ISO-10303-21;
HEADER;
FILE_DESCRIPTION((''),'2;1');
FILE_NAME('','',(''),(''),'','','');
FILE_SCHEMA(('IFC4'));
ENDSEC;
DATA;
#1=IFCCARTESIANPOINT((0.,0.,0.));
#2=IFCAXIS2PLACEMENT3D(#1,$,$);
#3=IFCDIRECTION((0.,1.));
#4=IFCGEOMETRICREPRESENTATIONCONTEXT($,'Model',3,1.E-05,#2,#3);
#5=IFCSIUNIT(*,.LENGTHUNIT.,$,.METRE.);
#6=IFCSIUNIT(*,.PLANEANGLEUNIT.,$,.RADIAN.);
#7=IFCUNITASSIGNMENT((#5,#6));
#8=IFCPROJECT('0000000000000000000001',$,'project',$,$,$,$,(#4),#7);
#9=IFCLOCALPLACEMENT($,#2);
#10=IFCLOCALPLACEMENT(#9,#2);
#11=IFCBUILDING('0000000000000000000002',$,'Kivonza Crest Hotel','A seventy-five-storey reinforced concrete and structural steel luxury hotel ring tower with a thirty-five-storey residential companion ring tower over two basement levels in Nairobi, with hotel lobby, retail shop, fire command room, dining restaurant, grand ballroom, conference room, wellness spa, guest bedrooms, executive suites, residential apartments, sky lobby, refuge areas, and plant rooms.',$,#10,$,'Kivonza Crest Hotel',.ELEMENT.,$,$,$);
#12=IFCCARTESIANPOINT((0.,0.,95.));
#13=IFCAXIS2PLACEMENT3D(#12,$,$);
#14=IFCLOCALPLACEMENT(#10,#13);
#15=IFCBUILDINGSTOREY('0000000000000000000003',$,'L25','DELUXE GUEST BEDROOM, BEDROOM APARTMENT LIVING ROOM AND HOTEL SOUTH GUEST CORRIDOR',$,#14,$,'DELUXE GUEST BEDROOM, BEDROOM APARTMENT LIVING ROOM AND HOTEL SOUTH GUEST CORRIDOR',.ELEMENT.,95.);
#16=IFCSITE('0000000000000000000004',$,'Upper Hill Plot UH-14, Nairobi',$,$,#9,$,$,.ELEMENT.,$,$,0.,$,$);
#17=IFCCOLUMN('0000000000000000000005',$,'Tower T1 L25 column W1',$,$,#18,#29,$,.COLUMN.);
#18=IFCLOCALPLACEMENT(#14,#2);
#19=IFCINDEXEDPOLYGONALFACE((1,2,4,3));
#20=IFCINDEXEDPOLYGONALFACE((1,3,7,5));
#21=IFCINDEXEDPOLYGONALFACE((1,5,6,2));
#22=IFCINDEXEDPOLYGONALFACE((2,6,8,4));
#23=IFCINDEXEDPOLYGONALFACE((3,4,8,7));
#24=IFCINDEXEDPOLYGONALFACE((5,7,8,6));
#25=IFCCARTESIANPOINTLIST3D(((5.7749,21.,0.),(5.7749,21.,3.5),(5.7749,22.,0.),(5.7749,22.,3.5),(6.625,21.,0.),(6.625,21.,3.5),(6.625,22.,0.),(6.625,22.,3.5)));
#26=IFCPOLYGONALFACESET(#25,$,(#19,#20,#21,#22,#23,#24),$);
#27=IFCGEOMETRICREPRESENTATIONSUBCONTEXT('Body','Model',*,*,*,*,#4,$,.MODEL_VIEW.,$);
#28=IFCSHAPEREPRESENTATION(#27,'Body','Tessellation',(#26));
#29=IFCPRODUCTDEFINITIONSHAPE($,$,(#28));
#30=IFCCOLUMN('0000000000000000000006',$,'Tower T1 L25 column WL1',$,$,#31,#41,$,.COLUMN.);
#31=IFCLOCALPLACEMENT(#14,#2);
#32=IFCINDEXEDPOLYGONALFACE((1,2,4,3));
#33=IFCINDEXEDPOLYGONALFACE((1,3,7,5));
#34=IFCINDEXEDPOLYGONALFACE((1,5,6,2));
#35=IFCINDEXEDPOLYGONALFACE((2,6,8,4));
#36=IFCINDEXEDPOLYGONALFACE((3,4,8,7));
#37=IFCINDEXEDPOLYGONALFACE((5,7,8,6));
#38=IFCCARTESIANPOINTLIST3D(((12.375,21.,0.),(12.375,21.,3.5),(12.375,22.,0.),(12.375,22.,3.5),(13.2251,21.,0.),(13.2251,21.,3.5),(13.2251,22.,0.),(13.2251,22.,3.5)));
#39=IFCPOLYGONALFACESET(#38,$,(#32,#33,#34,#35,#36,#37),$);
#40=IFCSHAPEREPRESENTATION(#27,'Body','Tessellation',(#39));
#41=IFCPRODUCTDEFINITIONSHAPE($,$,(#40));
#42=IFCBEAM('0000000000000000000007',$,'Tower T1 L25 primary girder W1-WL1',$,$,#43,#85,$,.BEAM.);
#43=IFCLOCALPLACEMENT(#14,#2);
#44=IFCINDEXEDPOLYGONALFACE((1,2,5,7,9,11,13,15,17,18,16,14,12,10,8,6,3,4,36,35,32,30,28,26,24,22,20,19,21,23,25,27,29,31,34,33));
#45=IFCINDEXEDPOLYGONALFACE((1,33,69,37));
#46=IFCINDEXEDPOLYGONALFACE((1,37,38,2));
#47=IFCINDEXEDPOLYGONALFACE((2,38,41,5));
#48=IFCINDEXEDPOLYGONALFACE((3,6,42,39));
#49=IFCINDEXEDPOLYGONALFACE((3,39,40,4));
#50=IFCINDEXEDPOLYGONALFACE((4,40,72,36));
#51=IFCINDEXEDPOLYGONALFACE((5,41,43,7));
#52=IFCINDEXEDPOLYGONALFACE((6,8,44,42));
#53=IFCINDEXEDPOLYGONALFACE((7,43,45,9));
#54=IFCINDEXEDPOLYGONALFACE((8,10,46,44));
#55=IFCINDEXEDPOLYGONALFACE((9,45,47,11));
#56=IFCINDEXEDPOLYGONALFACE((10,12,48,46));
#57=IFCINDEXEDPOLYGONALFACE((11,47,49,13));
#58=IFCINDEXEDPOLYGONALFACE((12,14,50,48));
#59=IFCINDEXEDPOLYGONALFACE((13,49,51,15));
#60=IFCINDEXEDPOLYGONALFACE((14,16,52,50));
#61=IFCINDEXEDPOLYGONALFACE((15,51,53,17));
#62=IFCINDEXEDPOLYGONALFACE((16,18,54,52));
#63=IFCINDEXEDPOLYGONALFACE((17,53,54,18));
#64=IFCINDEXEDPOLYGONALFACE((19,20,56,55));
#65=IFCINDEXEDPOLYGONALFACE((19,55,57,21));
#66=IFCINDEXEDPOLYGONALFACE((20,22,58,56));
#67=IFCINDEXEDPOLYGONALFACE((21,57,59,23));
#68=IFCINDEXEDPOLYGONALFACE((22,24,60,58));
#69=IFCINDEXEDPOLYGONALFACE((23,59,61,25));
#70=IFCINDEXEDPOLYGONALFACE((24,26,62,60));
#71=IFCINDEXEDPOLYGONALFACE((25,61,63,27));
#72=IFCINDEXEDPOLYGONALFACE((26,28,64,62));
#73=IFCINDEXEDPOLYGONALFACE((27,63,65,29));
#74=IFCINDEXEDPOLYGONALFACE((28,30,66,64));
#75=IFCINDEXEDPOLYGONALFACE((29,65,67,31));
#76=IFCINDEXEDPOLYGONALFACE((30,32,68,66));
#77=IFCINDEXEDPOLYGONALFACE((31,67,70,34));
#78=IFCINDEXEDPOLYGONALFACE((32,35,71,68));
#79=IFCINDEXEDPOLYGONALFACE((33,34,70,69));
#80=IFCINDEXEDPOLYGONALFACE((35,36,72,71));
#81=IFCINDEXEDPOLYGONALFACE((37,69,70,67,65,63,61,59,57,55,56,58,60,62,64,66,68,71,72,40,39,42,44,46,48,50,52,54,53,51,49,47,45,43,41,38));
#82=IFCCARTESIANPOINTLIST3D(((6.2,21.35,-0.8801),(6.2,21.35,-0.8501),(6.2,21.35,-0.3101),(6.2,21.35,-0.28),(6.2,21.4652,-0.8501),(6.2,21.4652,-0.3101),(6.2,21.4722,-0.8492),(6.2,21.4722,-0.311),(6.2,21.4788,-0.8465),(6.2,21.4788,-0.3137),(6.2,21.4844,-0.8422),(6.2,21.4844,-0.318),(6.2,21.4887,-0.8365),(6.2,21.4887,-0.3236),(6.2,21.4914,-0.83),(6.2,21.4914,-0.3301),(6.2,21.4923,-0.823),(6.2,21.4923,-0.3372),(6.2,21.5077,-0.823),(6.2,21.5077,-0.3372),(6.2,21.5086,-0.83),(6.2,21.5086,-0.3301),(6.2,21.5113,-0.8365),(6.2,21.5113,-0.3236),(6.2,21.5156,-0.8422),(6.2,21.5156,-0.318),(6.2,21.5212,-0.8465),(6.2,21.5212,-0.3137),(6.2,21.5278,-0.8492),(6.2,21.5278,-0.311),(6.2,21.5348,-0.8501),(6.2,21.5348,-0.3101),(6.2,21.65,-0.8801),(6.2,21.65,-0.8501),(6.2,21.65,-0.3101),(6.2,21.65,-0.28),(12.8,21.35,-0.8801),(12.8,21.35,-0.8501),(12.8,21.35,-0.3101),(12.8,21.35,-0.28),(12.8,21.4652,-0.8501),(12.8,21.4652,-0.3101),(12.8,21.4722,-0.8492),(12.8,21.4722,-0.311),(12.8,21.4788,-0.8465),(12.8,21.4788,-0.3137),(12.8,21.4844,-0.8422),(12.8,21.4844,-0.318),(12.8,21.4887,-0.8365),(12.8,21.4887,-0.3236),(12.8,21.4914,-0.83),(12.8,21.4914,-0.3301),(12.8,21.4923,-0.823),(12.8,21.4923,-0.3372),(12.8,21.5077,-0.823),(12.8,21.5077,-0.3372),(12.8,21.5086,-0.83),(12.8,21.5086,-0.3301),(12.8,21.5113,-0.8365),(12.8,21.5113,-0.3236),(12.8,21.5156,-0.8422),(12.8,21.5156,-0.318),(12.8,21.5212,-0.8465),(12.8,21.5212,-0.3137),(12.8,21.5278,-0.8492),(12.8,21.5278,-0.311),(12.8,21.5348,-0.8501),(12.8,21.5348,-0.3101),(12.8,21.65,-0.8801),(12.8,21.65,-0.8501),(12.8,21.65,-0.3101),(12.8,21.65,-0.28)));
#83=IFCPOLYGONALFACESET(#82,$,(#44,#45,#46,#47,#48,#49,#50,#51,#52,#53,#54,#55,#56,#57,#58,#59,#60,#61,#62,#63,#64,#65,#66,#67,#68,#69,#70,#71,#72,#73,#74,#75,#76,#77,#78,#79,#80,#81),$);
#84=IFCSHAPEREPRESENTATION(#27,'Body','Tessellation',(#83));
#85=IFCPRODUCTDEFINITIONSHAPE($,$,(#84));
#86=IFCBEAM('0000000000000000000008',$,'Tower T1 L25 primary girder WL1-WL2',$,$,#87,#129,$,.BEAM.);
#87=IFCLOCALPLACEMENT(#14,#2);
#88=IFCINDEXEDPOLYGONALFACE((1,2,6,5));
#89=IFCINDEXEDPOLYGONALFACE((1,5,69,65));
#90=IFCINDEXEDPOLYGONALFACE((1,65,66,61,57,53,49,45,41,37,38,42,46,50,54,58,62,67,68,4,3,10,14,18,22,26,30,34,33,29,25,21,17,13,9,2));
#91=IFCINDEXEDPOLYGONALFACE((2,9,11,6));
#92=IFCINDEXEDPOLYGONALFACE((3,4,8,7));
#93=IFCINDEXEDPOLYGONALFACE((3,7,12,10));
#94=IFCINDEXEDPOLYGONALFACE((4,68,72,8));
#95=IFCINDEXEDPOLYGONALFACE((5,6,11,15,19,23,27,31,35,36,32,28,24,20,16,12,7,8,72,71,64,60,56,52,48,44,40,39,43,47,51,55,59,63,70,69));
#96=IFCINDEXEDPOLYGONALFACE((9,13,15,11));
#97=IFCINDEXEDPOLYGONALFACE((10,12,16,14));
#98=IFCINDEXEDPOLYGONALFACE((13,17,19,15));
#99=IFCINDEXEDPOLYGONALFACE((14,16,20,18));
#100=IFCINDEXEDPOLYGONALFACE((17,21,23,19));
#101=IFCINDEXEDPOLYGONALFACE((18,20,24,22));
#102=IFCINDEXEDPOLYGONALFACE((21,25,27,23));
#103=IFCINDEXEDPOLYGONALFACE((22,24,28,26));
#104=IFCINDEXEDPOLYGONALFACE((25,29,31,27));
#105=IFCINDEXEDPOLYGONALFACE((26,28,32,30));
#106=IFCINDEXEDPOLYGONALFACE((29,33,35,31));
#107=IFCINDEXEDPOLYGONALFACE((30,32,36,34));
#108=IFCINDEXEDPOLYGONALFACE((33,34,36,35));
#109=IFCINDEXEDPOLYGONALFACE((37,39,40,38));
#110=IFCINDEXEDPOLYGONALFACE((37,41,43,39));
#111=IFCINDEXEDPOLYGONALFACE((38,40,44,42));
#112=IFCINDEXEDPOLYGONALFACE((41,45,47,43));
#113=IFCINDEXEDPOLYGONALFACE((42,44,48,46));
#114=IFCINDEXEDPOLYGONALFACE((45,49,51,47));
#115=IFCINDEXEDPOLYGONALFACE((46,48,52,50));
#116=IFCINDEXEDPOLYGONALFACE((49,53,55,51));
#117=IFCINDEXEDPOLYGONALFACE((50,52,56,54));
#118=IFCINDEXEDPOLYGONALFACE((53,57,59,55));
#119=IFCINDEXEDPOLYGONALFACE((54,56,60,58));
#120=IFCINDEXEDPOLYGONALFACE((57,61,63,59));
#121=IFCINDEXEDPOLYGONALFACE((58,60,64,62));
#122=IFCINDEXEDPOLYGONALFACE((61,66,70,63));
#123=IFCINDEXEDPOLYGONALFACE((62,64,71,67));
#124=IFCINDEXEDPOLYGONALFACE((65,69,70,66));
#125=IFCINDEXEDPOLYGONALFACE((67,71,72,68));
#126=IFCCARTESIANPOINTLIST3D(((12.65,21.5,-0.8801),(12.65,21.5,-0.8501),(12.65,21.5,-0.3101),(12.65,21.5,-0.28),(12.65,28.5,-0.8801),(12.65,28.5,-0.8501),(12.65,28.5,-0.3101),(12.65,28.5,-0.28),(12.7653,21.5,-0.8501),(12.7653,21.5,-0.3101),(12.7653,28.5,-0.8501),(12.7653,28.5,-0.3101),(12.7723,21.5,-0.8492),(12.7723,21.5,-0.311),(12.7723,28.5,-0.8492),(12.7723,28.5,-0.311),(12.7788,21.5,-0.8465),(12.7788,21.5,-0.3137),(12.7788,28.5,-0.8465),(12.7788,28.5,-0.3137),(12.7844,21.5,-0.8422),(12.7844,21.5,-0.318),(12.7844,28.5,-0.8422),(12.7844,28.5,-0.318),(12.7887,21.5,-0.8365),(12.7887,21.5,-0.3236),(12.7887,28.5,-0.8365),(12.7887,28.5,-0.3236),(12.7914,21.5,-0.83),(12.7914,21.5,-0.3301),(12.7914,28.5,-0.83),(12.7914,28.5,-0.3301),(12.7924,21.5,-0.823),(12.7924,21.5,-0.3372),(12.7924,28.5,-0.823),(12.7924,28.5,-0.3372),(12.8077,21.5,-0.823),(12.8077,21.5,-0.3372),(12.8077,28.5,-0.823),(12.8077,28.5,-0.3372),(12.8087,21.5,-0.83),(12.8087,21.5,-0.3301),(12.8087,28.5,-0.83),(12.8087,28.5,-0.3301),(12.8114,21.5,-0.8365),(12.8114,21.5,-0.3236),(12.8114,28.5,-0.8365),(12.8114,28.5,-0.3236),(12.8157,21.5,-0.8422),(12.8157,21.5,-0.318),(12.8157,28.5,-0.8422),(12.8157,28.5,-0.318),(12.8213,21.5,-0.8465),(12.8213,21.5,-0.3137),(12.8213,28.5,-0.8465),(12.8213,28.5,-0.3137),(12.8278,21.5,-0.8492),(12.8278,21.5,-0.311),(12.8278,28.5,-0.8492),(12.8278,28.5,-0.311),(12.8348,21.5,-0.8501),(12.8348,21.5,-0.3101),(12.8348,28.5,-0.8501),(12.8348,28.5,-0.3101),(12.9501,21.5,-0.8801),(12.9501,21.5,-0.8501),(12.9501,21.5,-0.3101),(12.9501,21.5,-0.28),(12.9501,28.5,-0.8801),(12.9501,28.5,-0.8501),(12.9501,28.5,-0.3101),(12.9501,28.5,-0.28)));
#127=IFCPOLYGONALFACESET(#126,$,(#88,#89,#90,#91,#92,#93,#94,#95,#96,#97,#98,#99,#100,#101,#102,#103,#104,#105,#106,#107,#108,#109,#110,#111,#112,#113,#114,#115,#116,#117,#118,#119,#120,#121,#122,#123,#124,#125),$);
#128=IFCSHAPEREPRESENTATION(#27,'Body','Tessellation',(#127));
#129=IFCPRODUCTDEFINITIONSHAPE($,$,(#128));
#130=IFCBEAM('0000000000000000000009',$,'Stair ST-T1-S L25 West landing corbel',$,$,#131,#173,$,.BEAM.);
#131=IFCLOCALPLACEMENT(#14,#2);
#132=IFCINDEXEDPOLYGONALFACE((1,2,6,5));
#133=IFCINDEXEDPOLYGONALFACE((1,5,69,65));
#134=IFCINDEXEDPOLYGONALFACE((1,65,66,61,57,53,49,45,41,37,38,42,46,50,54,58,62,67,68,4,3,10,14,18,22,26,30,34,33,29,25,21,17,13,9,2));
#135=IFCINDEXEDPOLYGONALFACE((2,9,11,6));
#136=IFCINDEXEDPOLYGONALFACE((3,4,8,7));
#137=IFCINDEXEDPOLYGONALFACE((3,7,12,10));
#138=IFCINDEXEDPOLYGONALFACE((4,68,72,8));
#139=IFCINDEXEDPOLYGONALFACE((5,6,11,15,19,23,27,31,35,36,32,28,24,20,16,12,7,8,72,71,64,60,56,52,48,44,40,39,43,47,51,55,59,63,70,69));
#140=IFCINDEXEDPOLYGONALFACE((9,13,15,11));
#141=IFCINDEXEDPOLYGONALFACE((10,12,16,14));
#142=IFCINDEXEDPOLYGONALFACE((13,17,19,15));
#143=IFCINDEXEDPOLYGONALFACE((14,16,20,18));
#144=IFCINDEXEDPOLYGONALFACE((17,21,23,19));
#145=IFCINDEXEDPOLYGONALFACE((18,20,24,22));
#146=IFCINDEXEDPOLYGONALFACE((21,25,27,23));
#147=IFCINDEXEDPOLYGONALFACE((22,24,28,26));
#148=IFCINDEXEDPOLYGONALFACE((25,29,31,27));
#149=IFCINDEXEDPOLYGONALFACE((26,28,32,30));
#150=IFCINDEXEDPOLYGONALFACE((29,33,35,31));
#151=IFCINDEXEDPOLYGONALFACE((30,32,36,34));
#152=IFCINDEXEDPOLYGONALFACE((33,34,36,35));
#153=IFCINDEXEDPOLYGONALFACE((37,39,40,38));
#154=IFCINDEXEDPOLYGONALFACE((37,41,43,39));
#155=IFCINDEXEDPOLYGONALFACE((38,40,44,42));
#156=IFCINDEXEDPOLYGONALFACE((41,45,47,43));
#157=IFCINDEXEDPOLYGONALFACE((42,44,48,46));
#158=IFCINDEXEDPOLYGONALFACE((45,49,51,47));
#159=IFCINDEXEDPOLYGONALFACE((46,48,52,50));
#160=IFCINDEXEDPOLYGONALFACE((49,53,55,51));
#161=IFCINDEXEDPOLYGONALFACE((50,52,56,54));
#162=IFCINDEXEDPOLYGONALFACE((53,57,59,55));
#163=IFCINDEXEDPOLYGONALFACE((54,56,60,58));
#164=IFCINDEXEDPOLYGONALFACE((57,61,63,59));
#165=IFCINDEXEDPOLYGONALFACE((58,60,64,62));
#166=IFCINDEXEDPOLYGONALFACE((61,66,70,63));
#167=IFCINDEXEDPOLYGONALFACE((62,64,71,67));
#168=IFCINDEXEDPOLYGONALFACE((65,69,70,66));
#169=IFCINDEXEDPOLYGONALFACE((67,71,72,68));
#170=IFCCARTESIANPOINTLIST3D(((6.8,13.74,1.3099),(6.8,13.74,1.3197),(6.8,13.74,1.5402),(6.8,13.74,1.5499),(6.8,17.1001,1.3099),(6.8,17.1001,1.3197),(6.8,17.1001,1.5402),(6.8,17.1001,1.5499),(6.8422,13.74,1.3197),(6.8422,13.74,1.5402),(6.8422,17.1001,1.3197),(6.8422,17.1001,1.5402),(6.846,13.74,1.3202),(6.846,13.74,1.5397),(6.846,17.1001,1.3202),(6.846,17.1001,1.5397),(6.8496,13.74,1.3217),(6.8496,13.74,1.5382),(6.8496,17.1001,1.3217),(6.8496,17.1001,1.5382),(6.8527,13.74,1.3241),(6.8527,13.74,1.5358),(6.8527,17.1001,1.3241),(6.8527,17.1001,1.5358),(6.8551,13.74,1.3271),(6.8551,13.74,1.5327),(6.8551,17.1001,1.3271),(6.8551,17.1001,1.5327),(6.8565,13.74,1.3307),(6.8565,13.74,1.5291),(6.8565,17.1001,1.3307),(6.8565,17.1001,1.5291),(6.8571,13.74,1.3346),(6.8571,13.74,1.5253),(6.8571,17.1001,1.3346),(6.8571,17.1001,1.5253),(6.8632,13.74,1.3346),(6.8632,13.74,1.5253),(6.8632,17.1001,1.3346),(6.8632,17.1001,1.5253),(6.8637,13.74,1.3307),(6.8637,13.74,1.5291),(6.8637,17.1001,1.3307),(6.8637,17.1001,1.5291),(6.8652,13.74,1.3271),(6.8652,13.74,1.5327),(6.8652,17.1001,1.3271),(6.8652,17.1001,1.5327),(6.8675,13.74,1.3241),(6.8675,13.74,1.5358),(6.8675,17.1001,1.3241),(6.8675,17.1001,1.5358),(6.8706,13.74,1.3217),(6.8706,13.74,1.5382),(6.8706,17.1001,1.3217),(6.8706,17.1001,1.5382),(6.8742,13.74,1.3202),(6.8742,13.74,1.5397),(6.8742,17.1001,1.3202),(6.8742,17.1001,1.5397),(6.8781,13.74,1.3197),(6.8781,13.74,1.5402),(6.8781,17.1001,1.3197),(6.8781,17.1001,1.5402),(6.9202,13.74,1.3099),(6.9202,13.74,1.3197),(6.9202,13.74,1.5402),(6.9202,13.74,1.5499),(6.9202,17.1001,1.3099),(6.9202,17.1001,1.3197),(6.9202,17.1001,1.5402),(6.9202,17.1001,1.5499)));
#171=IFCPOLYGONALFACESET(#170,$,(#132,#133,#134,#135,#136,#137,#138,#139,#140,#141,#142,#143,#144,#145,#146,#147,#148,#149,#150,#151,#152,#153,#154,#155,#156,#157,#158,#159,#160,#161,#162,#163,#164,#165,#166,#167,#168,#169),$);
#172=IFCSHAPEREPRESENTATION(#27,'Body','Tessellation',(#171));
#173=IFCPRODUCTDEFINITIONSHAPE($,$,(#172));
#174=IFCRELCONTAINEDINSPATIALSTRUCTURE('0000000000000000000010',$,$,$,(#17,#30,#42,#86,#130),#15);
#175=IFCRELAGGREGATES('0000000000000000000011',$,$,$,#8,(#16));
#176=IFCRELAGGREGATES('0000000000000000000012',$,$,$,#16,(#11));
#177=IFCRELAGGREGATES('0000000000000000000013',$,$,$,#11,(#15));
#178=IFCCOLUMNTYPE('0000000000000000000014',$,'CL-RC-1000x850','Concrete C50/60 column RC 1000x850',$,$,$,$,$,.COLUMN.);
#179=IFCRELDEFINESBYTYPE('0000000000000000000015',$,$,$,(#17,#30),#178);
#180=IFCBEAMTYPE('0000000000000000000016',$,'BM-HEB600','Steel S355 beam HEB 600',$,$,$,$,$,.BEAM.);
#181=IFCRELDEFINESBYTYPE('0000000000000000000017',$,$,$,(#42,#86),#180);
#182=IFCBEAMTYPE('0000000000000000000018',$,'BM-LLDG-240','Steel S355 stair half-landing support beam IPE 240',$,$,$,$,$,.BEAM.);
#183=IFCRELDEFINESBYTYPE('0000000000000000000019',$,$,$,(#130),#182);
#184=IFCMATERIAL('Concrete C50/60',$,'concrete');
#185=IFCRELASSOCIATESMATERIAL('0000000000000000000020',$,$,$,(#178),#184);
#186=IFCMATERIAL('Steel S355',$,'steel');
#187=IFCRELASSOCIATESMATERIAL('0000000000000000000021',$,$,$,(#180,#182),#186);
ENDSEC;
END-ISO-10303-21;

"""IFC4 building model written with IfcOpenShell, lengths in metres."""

from ifc_helpers import new_model, si_unit, direction, frame, origin, origin_2d, place, context, subcontext, project, spatial, rectangle, i_section, extrude, material, material_profile, profile_set, type_object, element, save


model = new_model("IFC4")

# Units and contexts
model_context = context("Model", 3, precision=1e-05, world=origin(), true_north=direction((0.0, 1.0)))
body_context = subcontext(model_context, "Body", "Model", "MODEL_VIEW")
ifc_project = project(units=[si_unit("LENGTHUNIT", "METRE"), si_unit("PLANEANGLEUNIT", "RADIAN")], contexts=[model_context])

# Site, building, storey
site_placement = place(None, origin())
site = spatial("IfcSite", under=ifc_project, at=site_placement, Name="Upper Hill Plot UH-14, Nairobi", CompositionType="ELEMENT", RefElevation=0.0)
building_placement = place(site_placement, origin())
building = spatial("IfcBuilding", under=site, at=building_placement, Name="Kivonza Crest Hotel", Description="A seventy-five-storey reinforced concrete and structural steel luxury hotel ring tower with a thirty-five-storey residential companion ring tower over two basement levels in Nairobi, with hotel lobby, retail shop, fire command room, dining restaurant, grand ballroom, conference room, wellness spa, guest bedrooms, executive suites, residential apartments, sky lobby, refuge areas, and plant rooms.", LongName="Kivonza Crest Hotel", CompositionType="ELEMENT")
storey_placement = place(building_placement, frame((0.0, 0.0, 95.0)))
storey = spatial("IfcBuildingStorey", under=building, at=storey_placement, Name="L25", Description="DELUXE GUEST BEDROOM, BEDROOM APARTMENT LIVING ROOM AND HOTEL SOUTH GUEST CORRIDOR", LongName="DELUXE GUEST BEDROOM, BEDROOM APARTMENT LIVING ROOM AND HOTEL SOUTH GUEST CORRIDOR", CompositionType="ELEMENT", Elevation=95.0)

# Columns
ifc_material_1 = material(Name="Concrete C50/60", Category="concrete")
ifc_material_profile_1 = material_profile(ifc_material_1, rectangle(XDim=0.8501, YDim=1.0, at=origin_2d()), Name="RC 1000x850")
ifc_profile_set_1 = profile_set([ifc_material_profile_1], Name="Concrete C50/60")
column_type = type_object("IfcColumnType", Name="CL-RC-1000x850", Description="Concrete C50/60 column RC 1000x850", PredefinedType="COLUMN", material=ifc_profile_set_1)
for number, where, z_axis, x_axis, name in (
    (1, (6.2, 21.5, 0.0), (0.0, 0.0, 1.0), (1.0, 0.0, 0.0), "Tower T1 L25 column W1"),
    (2, (12.8, 21.5, 0.0), (0.0, 0.0, 1.0), (1.0, 0.0, 0.0), "Tower T1 L25 column WL1"),
):
    element("IfcColumn", number, at=place(storey_placement, frame(where, z_axis=z_axis, x_axis=x_axis)), inside=storey, type_object=column_type, Name=name, PredefinedType="COLUMN", context=body_context, shape_type="SweptSolid", body=[
        extrude(rectangle(XDim=0.8501, YDim=1.0, at=origin_2d()), origin(), (0.0, 0.0, 1.0), 3.5),
    ])

# Beams
ifc_material_2 = material(Name="Steel S355", Category="steel")
ifc_material_profile_2 = material_profile(ifc_material_2, i_section(OverallWidth=0.3, OverallDepth=0.6001, WebThickness=0.0154, FlangeThickness=0.03, FilletRadius=0.0271, at=origin_2d()), Name="HEB 600")
ifc_profile_set_2 = profile_set([ifc_material_profile_2], Name="Steel S355")
beam_type_1 = type_object("IfcBeamType", Name="BM-HEB600", Description="Steel S355 beam HEB 600", PredefinedType="BEAM", material=ifc_profile_set_2)
beam_1_placement = place(storey_placement, frame((6.2, 21.5, -0.5801), z_axis=(1.0, 0.0, 0.0), x_axis=(0.0, 1.0, 0.0)))
element("IfcBeam", 3, at=beam_1_placement, inside=storey, type_object=beam_type_1, Name="Tower T1 L25 primary girder W1-WL1", PredefinedType="BEAM", context=body_context, shape_type="SweptSolid", body=[
    extrude(i_section(OverallWidth=0.3, OverallDepth=0.6001, WebThickness=0.0154, FlangeThickness=0.03, FilletRadius=0.0271, at=origin_2d()), origin(), (0.0, 0.0, 1.0), 6.6001),
])
beam_2_placement = place(storey_placement, frame((12.8, 21.5, -0.5801), z_axis=(0.0, 1.0, 0.0), x_axis=(-1.0, 0.0, 0.0)))
element("IfcBeam", 4, at=beam_2_placement, inside=storey, type_object=beam_type_1, Name="Tower T1 L25 primary girder WL1-WL2", PredefinedType="BEAM", context=body_context, shape_type="SweptSolid", body=[
    extrude(i_section(OverallWidth=0.3, OverallDepth=0.6001, WebThickness=0.0154, FlangeThickness=0.03, FilletRadius=0.0271, at=origin_2d()), origin(), (0.0, 0.0, 1.0), 7.0),
])
ifc_material_profile_3 = material_profile(ifc_material_2, i_section(OverallWidth=0.1201, OverallDepth=0.24, WebThickness=0.0061, FlangeThickness=0.0098, FilletRadius=0.0149, at=origin_2d()), Name="IPE 240")
ifc_profile_set_3 = profile_set([ifc_material_profile_3], Name="Steel S355")
beam_type_2 = type_object("IfcBeamType", Name="BM-LLDG-240", Description="Steel S355 stair half-landing support beam IPE 240", PredefinedType="BEAM", material=ifc_profile_set_3)
beam_3_placement = place(storey_placement, frame((6.8601, 13.74, 1.4299), z_axis=(0.0, 1.0, 0.0), x_axis=(-1.0, 0.0, 0.0)))
element("IfcBeam", 5, at=beam_3_placement, inside=storey, type_object=beam_type_2, Name="Stair ST-T1-S L25 West landing corbel", PredefinedType="BEAM", context=body_context, shape_type="SweptSolid", body=[
    extrude(i_section(OverallWidth=0.1201, OverallDepth=0.24, WebThickness=0.0061, FlangeThickness=0.0098, FilletRadius=0.0149, at=origin_2d()), origin(), (0.0, 0.0, 1.0), 3.3601),
])

save(model, "model.ifc")
